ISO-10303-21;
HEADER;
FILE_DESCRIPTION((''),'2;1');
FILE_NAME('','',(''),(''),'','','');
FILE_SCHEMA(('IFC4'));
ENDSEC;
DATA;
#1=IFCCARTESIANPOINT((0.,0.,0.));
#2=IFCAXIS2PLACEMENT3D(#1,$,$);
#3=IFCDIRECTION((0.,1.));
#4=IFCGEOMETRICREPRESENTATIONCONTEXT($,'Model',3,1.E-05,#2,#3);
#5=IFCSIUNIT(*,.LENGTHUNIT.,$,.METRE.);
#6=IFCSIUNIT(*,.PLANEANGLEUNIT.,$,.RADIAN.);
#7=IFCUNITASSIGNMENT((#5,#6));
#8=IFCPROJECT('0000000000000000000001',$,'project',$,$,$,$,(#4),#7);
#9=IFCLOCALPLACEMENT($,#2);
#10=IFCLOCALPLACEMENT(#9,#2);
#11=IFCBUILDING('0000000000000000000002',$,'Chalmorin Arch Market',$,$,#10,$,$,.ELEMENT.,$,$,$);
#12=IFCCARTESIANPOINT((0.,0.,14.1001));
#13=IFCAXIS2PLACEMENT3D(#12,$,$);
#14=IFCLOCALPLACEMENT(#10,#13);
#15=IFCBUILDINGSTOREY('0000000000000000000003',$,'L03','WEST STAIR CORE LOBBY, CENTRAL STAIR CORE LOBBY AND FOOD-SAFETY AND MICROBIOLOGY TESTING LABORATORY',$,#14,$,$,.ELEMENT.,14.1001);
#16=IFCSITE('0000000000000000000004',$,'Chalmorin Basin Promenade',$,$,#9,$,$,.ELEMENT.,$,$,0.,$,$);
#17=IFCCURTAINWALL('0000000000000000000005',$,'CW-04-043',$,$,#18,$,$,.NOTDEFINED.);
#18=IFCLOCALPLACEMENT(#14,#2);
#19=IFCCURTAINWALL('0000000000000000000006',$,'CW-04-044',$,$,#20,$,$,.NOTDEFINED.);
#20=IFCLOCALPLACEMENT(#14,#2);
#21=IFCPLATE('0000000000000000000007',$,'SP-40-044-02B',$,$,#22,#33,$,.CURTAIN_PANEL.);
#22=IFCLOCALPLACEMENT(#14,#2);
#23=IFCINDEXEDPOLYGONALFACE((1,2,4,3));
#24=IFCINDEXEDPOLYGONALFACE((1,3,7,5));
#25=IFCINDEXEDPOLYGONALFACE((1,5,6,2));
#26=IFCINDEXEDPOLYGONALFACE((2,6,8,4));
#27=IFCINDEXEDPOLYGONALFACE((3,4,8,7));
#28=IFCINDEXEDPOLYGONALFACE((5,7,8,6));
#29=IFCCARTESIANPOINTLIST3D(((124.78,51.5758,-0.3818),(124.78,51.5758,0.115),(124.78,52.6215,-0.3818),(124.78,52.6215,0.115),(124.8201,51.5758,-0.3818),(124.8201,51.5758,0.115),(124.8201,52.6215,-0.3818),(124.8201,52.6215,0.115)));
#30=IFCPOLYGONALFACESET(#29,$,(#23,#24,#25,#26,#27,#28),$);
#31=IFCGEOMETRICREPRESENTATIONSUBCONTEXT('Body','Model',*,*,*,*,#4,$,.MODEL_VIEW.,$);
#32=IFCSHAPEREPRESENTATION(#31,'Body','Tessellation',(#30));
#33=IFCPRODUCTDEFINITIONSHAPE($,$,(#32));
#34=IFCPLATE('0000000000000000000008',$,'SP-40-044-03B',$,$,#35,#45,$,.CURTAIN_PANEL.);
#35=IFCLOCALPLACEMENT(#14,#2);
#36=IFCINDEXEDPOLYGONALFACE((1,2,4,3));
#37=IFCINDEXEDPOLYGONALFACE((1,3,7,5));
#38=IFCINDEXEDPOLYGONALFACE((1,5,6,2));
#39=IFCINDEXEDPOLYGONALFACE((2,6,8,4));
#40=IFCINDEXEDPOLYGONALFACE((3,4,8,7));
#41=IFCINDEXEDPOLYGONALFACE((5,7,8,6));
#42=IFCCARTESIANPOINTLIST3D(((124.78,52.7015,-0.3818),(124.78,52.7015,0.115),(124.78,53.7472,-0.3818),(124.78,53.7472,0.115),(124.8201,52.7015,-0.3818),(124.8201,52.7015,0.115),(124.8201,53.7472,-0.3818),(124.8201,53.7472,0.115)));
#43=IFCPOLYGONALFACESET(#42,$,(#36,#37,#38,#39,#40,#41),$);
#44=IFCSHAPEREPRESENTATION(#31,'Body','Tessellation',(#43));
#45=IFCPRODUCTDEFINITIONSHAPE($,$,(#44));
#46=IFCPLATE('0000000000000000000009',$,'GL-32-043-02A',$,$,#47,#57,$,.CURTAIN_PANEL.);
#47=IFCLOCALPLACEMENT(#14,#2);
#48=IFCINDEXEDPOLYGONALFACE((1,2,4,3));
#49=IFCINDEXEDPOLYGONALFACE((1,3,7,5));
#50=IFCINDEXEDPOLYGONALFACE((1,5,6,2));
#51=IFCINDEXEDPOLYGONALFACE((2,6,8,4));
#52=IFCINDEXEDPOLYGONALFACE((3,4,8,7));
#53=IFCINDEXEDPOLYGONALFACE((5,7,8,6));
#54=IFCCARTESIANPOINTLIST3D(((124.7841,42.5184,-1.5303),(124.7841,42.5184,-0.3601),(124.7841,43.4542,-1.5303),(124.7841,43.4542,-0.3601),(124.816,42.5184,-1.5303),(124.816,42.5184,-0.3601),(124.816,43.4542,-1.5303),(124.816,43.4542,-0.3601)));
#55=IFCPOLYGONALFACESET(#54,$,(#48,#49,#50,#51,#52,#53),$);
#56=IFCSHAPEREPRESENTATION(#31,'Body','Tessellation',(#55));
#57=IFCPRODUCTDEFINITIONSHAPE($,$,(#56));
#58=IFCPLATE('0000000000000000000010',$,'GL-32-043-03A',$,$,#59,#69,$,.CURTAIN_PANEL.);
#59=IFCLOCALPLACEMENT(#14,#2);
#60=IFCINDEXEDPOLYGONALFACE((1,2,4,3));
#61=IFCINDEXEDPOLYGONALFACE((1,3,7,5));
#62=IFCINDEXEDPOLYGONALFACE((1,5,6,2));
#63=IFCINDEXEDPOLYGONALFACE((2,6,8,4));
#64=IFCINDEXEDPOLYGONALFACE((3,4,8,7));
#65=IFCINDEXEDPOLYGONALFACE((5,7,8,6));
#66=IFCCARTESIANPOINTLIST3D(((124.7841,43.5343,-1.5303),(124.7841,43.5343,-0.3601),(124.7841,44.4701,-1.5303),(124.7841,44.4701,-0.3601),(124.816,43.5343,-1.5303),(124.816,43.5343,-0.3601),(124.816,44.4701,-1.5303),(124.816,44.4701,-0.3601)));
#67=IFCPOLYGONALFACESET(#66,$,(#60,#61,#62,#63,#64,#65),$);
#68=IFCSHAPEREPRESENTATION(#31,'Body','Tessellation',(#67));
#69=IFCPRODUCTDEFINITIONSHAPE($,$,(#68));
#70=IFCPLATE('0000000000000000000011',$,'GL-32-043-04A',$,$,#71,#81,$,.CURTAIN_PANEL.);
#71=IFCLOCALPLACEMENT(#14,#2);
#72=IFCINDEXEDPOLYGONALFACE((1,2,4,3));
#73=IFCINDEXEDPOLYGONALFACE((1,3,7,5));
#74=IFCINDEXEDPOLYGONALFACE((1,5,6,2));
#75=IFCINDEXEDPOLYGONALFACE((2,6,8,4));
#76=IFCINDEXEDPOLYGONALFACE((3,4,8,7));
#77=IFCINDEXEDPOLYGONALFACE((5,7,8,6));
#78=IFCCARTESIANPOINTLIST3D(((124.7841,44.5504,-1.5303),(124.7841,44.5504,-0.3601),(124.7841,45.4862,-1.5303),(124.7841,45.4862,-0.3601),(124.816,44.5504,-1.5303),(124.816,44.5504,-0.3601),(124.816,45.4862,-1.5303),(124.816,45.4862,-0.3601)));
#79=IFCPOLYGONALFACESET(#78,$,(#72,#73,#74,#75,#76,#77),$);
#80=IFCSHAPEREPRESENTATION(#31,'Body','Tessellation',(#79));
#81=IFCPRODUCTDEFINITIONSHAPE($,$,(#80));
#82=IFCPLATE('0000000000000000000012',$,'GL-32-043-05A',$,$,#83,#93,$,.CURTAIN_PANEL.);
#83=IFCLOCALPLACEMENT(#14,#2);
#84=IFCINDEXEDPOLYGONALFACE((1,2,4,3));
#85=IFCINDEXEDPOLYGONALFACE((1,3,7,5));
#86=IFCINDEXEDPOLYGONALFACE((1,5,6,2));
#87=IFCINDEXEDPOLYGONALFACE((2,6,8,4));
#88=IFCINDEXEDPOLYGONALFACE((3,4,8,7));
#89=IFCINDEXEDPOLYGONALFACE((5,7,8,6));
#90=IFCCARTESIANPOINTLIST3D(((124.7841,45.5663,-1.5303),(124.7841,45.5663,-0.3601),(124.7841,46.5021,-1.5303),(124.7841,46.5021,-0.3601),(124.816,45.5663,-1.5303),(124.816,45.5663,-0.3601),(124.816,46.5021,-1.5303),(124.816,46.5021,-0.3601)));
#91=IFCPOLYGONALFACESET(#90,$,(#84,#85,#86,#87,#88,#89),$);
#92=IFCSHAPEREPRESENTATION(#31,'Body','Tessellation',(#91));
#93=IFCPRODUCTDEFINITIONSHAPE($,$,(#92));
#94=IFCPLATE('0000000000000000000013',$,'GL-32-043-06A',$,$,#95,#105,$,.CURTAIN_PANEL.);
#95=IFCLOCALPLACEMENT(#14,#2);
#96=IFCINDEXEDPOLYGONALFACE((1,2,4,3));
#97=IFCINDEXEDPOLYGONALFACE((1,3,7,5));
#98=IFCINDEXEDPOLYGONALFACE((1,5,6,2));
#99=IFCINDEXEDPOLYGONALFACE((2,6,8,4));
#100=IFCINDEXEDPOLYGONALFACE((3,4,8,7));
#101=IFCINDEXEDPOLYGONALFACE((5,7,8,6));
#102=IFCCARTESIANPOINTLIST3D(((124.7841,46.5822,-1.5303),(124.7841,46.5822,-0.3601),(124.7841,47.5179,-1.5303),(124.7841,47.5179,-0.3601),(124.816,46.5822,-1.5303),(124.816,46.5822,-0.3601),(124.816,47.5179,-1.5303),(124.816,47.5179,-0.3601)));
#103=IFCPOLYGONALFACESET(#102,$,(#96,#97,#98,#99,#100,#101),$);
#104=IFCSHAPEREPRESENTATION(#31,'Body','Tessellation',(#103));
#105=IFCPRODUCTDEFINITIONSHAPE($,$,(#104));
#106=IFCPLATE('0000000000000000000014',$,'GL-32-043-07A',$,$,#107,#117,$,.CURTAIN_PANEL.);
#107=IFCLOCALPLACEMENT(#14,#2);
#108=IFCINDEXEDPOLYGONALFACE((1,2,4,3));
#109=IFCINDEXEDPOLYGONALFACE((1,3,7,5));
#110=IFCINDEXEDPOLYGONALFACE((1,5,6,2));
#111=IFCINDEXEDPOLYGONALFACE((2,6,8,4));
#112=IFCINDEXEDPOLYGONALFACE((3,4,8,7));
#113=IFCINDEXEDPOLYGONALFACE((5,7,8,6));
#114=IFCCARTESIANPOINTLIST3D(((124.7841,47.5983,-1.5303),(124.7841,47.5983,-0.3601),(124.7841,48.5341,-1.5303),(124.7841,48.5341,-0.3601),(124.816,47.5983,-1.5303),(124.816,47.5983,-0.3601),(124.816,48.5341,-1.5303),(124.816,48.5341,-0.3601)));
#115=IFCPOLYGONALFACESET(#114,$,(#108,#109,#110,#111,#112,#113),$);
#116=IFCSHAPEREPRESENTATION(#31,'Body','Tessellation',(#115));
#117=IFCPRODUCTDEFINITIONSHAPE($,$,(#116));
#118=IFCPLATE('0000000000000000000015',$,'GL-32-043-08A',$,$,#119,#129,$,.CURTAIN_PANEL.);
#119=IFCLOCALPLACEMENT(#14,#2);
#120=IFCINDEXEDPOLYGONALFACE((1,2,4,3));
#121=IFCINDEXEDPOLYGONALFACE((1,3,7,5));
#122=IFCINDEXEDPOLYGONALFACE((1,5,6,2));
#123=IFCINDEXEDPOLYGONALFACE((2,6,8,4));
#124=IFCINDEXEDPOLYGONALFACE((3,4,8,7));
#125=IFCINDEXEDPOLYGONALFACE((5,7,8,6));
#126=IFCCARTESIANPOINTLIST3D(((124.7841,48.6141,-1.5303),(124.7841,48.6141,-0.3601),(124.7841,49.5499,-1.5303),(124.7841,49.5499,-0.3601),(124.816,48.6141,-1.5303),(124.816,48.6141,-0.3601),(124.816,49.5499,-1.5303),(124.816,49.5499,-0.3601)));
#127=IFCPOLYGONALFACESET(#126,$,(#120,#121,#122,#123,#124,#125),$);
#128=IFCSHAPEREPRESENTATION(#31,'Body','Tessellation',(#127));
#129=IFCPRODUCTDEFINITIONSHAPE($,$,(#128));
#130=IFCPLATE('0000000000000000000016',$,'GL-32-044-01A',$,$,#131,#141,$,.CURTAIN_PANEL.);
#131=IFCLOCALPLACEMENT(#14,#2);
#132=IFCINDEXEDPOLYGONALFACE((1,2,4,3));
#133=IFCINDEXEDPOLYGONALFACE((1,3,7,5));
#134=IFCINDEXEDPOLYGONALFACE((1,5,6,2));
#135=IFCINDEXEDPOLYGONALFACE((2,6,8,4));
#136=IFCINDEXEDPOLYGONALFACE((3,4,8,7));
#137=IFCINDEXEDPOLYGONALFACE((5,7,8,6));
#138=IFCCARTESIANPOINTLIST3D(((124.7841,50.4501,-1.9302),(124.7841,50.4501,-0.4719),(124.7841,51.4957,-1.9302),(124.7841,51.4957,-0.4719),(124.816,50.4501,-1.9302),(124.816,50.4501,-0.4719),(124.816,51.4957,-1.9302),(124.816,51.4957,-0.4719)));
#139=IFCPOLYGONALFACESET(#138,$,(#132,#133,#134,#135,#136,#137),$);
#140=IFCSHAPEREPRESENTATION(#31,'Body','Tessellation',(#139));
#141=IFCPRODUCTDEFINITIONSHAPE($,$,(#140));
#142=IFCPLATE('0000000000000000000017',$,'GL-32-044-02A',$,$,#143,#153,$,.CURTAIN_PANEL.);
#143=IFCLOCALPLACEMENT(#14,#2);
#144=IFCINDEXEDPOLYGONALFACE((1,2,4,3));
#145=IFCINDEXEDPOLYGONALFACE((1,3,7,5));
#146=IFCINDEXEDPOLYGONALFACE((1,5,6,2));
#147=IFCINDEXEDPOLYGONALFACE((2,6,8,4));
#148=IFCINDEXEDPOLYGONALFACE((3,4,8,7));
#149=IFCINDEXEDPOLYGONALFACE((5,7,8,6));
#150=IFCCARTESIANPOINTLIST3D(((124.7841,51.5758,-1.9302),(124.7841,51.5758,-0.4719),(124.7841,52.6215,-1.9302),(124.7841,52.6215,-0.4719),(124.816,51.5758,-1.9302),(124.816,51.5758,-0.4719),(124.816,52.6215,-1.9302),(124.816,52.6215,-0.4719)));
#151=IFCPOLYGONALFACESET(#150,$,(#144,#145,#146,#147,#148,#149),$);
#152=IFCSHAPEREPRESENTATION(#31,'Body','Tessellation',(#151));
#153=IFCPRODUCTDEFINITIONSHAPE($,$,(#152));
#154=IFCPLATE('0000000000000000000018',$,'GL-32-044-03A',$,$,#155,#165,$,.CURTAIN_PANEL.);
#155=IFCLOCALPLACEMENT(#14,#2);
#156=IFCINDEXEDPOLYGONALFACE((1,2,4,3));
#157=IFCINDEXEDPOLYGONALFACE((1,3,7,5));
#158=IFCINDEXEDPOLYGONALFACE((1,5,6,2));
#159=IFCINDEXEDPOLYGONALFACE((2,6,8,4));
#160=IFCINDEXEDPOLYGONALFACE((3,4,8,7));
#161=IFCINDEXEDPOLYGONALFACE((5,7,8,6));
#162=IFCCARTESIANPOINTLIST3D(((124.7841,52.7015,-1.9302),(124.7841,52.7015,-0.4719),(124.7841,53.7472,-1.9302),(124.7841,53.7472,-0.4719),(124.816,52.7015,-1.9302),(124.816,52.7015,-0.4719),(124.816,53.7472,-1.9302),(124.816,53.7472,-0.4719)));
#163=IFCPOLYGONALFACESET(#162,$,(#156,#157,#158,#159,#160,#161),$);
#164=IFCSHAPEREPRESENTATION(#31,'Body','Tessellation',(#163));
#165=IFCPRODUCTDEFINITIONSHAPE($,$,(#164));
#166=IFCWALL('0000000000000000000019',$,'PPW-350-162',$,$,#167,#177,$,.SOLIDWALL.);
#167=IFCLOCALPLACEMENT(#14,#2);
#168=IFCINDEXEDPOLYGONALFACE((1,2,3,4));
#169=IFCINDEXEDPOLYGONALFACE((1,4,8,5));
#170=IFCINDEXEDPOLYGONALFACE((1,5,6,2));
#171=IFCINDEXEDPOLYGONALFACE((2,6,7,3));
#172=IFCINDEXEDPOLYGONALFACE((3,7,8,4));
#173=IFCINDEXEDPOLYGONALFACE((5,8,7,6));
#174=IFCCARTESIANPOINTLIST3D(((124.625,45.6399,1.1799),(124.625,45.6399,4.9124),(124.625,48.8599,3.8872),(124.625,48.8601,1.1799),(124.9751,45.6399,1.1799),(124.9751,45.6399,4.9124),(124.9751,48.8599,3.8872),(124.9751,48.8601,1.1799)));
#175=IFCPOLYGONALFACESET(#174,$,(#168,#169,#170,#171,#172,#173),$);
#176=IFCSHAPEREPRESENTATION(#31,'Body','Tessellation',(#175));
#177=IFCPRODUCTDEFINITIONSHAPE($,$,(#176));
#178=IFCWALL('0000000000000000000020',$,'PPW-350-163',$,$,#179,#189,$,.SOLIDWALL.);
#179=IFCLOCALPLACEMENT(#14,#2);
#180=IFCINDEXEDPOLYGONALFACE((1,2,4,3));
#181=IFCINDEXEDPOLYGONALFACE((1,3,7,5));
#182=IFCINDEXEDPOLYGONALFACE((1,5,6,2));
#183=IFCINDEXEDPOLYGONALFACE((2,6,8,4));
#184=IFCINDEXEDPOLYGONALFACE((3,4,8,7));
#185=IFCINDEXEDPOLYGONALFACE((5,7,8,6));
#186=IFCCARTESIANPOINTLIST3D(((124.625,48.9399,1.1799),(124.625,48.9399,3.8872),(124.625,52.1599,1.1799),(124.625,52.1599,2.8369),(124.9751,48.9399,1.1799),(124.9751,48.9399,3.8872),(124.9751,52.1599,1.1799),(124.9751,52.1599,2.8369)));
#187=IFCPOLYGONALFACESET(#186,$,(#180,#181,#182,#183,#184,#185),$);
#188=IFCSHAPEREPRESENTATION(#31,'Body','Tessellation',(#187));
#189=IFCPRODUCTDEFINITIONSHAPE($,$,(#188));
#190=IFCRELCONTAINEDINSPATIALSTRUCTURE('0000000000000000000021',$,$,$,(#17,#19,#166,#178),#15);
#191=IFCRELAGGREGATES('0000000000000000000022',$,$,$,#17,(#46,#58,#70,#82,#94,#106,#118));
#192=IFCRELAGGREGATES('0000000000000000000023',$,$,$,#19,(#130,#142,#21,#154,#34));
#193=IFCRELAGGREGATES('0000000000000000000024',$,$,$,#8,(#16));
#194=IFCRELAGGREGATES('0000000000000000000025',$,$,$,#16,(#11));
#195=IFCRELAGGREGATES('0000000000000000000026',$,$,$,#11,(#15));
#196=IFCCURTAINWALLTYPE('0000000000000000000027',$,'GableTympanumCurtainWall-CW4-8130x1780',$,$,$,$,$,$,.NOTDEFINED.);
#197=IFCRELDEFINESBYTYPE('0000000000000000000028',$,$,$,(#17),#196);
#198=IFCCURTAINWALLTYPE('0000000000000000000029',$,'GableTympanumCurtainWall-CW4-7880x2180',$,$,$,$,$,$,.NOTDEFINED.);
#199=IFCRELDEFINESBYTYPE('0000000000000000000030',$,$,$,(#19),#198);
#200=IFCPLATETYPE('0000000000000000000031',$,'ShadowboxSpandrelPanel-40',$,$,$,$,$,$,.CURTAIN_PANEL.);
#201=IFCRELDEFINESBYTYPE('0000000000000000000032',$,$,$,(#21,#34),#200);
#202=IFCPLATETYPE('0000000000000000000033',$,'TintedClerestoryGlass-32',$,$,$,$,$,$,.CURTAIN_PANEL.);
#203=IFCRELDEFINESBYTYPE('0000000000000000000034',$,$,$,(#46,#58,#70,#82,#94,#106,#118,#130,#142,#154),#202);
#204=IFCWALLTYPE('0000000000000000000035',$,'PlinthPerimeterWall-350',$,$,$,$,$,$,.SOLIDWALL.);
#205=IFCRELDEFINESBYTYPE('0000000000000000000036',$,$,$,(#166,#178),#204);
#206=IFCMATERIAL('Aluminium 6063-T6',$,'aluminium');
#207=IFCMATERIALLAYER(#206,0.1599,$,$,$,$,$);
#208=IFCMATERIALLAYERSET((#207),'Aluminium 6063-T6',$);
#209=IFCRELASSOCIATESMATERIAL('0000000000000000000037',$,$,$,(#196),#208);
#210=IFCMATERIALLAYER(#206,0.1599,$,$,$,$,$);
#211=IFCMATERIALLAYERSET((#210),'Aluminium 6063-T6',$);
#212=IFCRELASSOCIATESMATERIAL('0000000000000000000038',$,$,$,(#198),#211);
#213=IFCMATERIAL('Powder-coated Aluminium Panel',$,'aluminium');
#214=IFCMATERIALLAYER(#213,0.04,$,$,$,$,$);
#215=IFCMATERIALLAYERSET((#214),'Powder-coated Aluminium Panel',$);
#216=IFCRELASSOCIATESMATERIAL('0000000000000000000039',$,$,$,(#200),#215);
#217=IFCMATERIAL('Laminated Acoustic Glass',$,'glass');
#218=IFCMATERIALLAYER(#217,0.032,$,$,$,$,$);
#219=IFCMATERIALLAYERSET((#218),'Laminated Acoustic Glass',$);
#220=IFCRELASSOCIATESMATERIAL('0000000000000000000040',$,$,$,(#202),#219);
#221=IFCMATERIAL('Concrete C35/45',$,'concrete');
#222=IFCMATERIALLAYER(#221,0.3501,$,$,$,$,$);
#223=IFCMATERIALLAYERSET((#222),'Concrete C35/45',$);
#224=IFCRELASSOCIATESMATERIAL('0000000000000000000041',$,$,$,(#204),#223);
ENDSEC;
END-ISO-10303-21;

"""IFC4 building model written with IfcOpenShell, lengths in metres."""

from ifc_helpers import new_model, si_unit, direction, frame, origin, origin_2d, place, context, subcontext, project, spatial, polyline, rectangle, outline, extrude, material, layer, layer_set, type_object, element, aggregate, save


model = new_model("IFC4")

# Units and contexts
model_context = context("Model", 3, precision=1e-05, world=origin(), true_north=direction((0.0, 1.0)))
body_context = subcontext(model_context, "Body", "Model", "MODEL_VIEW")
ifc_project = project(units=[si_unit("LENGTHUNIT", "METRE"), si_unit("PLANEANGLEUNIT", "RADIAN")], contexts=[model_context])

# Site, building, storey
site_placement = place(None, origin())
site = spatial("IfcSite", under=ifc_project, at=site_placement, Name="Chalmorin Basin Promenade", CompositionType="ELEMENT", RefElevation=0.0)
building_placement = place(site_placement, origin())
building = spatial("IfcBuilding", under=site, at=building_placement, Name="Chalmorin Arch Market", CompositionType="ELEMENT")
storey_placement = place(building_placement, frame((0.0, 0.0, 14.1001)))
storey = spatial("IfcBuildingStorey", under=building, at=storey_placement, Name="L03", Description="WEST STAIR CORE LOBBY, CENTRAL STAIR CORE LOBBY AND FOOD-SAFETY AND MICROBIOLOGY TESTING LABORATORY", CompositionType="ELEMENT", Elevation=14.1001)

# Curtain walls
ifc_material_1 = material(Name="Aluminium 6063-T6", Category="aluminium")
ifc_layer_1 = layer(ifc_material_1, 0.1599)
ifc_layer_set_1 = layer_set([ifc_layer_1], Name="Aluminium 6063-T6")
curtain_wall_type_1 = type_object("IfcCurtainWallType", Name="GableTympanumCurtainWall-CW4-8130x1780", PredefinedType="NOTDEFINED", material=ifc_layer_set_1)
curtain_wall_1_placement = place(storey_placement, origin())
curtain_wall_1 = element("IfcCurtainWall", 1, at=curtain_wall_1_placement, inside=storey, type_object=curtain_wall_type_1, Name="CW-04-043", PredefinedType="NOTDEFINED")
ifc_layer_2 = layer(ifc_material_1, 0.1599)
ifc_layer_set_2 = layer_set([ifc_layer_2], Name="Aluminium 6063-T6")
curtain_wall_type_2 = type_object("IfcCurtainWallType", Name="GableTympanumCurtainWall-CW4-7880x2180", PredefinedType="NOTDEFINED", material=ifc_layer_set_2)
curtain_wall_2_placement = place(storey_placement, origin())
curtain_wall_2 = element("IfcCurtainWall", 2, at=curtain_wall_2_placement, inside=storey, type_object=curtain_wall_type_2, Name="CW-04-044", PredefinedType="NOTDEFINED")

# Plates
ifc_material_2 = material(Name="Powder-coated Aluminium Panel", Category="aluminium")
ifc_layer_3 = layer(ifc_material_2, 0.04)
ifc_layer_set_3 = layer_set([ifc_layer_3], Name="Powder-coated Aluminium Panel")
plate_type_1 = type_object("IfcPlateType", Name="ShadowboxSpandrelPanel-40", PredefinedType="CURTAIN_PANEL", material=ifc_layer_set_3)
plate_1_placement = place(storey_placement, frame((124.8, 52.0986, -0.3818), z_axis=(0.0, 0.0, 1.0), x_axis=(0.0, 1.0, 0.0)))
plate_1 = element("IfcPlate", 3, at=plate_1_placement, type_object=plate_type_1, Name="SP-40-044-02B", PredefinedType="CURTAIN_PANEL", context=body_context, shape_type="SweptSolid", body=[
    extrude(rectangle(XDim=1.0457, YDim=0.04, at=origin_2d()), origin(), (0.0, 0.0, 1.0), 0.4968),
])
plate_2_placement = place(storey_placement, frame((124.8, 53.2244, -0.3818), z_axis=(0.0, 0.0, 1.0), x_axis=(0.0, 1.0, 0.0)))
plate_2 = element("IfcPlate", 4, at=plate_2_placement, type_object=plate_type_1, Name="SP-40-044-03B", PredefinedType="CURTAIN_PANEL", context=body_context, shape_type="SweptSolid", body=[
    extrude(rectangle(XDim=1.0457, YDim=0.04, at=origin_2d()), origin(), (0.0, 0.0, 1.0), 0.4968),
])
ifc_material_3 = material(Name="Laminated Acoustic Glass", Category="glass")
ifc_layer_4 = layer(ifc_material_3, 0.032)
ifc_layer_set_4 = layer_set([ifc_layer_4], Name="Laminated Acoustic Glass")
plate_type_2 = type_object("IfcPlateType", Name="TintedClerestoryGlass-32", PredefinedType="CURTAIN_PANEL", material=ifc_layer_set_4)
plate_3_placement = place(storey_placement, frame((124.8, 42.9863, -1.5303), z_axis=(0.0, 0.0, 1.0), x_axis=(0.0, 1.0, 0.0)))
plate_3 = element("IfcPlate", 5, at=plate_3_placement, type_object=plate_type_2, Name="GL-32-043-02A", PredefinedType="CURTAIN_PANEL", context=body_context, shape_type="SweptSolid", body=[
    extrude(rectangle(XDim=0.9358, YDim=0.032, at=origin_2d()), origin(), (0.0, 0.0, 1.0), 1.1702),
])
plate_4_placement = place(storey_placement, frame((124.8, 44.0022, -1.5303), z_axis=(0.0, 0.0, 1.0), x_axis=(0.0, 1.0, 0.0)))
plate_4 = element("IfcPlate", 6, at=plate_4_placement, type_object=plate_type_2, Name="GL-32-043-03A", PredefinedType="CURTAIN_PANEL", context=body_context, shape_type="SweptSolid", body=[
    extrude(rectangle(XDim=0.9358, YDim=0.032, at=origin_2d()), origin(), (0.0, 0.0, 1.0), 1.1702),
])
plate_5_placement = place(storey_placement, frame((124.8, 45.0183, -1.5303), z_axis=(0.0, 0.0, 1.0), x_axis=(0.0, 1.0, 0.0)))
plate_5 = element("IfcPlate", 7, at=plate_5_placement, type_object=plate_type_2, Name="GL-32-043-04A", PredefinedType="CURTAIN_PANEL", context=body_context, shape_type="SweptSolid", body=[
    extrude(rectangle(XDim=0.9358, YDim=0.032, at=origin_2d()), origin(), (0.0, 0.0, 1.0), 1.1702),
])
plate_6_placement = place(storey_placement, frame((124.8, 46.0342, -1.5303), z_axis=(0.0, 0.0, 1.0), x_axis=(0.0, 1.0, 0.0)))
plate_6 = element("IfcPlate", 8, at=plate_6_placement, type_object=plate_type_2, Name="GL-32-043-05A", PredefinedType="CURTAIN_PANEL", context=body_context, shape_type="SweptSolid", body=[
    extrude(rectangle(XDim=0.9358, YDim=0.032, at=origin_2d()), origin(), (0.0, 0.0, 1.0), 1.1702),
])
plate_7_placement = place(storey_placement, frame((124.8, 47.05, -1.5303), z_axis=(0.0, 0.0, 1.0), x_axis=(0.0, 1.0, 0.0)))
plate_7 = element("IfcPlate", 9, at=plate_7_placement, type_object=plate_type_2, Name="GL-32-043-06A", PredefinedType="CURTAIN_PANEL", context=body_context, shape_type="SweptSolid", body=[
    extrude(rectangle(XDim=0.9358, YDim=0.032, at=origin_2d()), origin(), (0.0, 0.0, 1.0), 1.1702),
])
plate_8_placement = place(storey_placement, frame((124.8, 48.0662, -1.5303), z_axis=(0.0, 0.0, 1.0), x_axis=(0.0, 1.0, 0.0)))
plate_8 = element("IfcPlate", 10, at=plate_8_placement, type_object=plate_type_2, Name="GL-32-043-07A", PredefinedType="CURTAIN_PANEL", context=body_context, shape_type="SweptSolid", body=[
    extrude(rectangle(XDim=0.9358, YDim=0.032, at=origin_2d()), origin(), (0.0, 0.0, 1.0), 1.1702),
])
plate_9_placement = place(storey_placement, frame((124.8, 49.082, -1.5303), z_axis=(0.0, 0.0, 1.0), x_axis=(0.0, 1.0, 0.0)))
plate_9 = element("IfcPlate", 11, at=plate_9_placement, type_object=plate_type_2, Name="GL-32-043-08A", PredefinedType="CURTAIN_PANEL", context=body_context, shape_type="SweptSolid", body=[
    extrude(rectangle(XDim=0.9358, YDim=0.032, at=origin_2d()), origin(), (0.0, 0.0, 1.0), 1.1702),
])
aggregate(curtain_wall_1, [plate_3, plate_4, plate_5, plate_6, plate_7, plate_8, plate_9])
plate_10_placement = place(storey_placement, frame((124.8, 50.9729, -1.9302), z_axis=(0.0, 0.0, 1.0), x_axis=(0.0, 1.0, 0.0)))
plate_10 = element("IfcPlate", 12, at=plate_10_placement, type_object=plate_type_2, Name="GL-32-044-01A", PredefinedType="CURTAIN_PANEL", context=body_context, shape_type="SweptSolid", body=[
    extrude(rectangle(XDim=1.0457, YDim=0.032, at=origin_2d()), origin(), (0.0, 0.0, 1.0), 1.4583),
])
plate_11_placement = place(storey_placement, frame((124.8, 52.0986, -1.9302), z_axis=(0.0, 0.0, 1.0), x_axis=(0.0, 1.0, 0.0)))
plate_11 = element("IfcPlate", 13, at=plate_11_placement, type_object=plate_type_2, Name="GL-32-044-02A", PredefinedType="CURTAIN_PANEL", context=body_context, shape_type="SweptSolid", body=[
    extrude(rectangle(XDim=1.0457, YDim=0.032, at=origin_2d()), origin(), (0.0, 0.0, 1.0), 1.4583),
])
plate_12_placement = place(storey_placement, frame((124.8, 53.2244, -1.9302), z_axis=(0.0, 0.0, 1.0), x_axis=(0.0, 1.0, 0.0)))
plate_12 = element("IfcPlate", 14, at=plate_12_placement, type_object=plate_type_2, Name="GL-32-044-03A", PredefinedType="CURTAIN_PANEL", context=body_context, shape_type="SweptSolid", body=[
    extrude(rectangle(XDim=1.0457, YDim=0.032, at=origin_2d()), origin(), (0.0, 0.0, 1.0), 1.4583),
])
aggregate(curtain_wall_2, [plate_10, plate_11, plate_1, plate_12, plate_2])

# Walls
ifc_material_4 = material(Name="Concrete C35/45", Category="concrete")
ifc_layer_5 = layer(ifc_material_4, 0.3501)
ifc_layer_set_5 = layer_set([ifc_layer_5], Name="Concrete C35/45")
wall_type = type_object("IfcWallType", Name="PlinthPerimeterWall-350", PredefinedType="SOLIDWALL", material=ifc_layer_set_5)
wall_1_placement = place(storey_placement, frame((124.8, 45.6399, 1.1799), z_axis=(0.0, 0.0, 1.0), x_axis=(0.0, 1.0, 0.0)))
element("IfcWall", 15, at=wall_1_placement, inside=storey, type_object=wall_type, Name="PPW-350-162", PredefinedType="SOLIDWALL", context=body_context, shape_type="SweptSolid", body=[
    extrude(outline(polyline([(0.0, 0.0), (3.2202, 0.0), (3.22, 2.7073), (0.0, 3.7324), (0.0, 0.0)])), frame((0.0, 0.175, 0.0), z_axis=(0.0, -1.0, 0.0), x_axis=(1.0, 0.0, 0.0)), (0.0, 0.0, 1.0), 0.3501),
])
wall_2_placement = place(storey_placement, frame((124.8, 48.9399, 1.1799), z_axis=(0.0, 0.0, 1.0), x_axis=(0.0, 1.0, 0.0)))
element("IfcWall", 16, at=wall_2_placement, inside=storey, type_object=wall_type, Name="PPW-350-163", PredefinedType="SOLIDWALL", context=body_context, shape_type="SweptSolid", body=[
    extrude(outline(polyline([(0.0, 0.0), (3.22, 0.0), (3.22, 1.657), (0.0, 2.7073), (0.0, 0.0)])), frame((0.0, 0.175, 0.0), z_axis=(0.0, -1.0, 0.0), x_axis=(1.0, 0.0, 0.0)), (0.0, 0.0, 1.0), 0.3501),
])

save(model, "model.ifc")
